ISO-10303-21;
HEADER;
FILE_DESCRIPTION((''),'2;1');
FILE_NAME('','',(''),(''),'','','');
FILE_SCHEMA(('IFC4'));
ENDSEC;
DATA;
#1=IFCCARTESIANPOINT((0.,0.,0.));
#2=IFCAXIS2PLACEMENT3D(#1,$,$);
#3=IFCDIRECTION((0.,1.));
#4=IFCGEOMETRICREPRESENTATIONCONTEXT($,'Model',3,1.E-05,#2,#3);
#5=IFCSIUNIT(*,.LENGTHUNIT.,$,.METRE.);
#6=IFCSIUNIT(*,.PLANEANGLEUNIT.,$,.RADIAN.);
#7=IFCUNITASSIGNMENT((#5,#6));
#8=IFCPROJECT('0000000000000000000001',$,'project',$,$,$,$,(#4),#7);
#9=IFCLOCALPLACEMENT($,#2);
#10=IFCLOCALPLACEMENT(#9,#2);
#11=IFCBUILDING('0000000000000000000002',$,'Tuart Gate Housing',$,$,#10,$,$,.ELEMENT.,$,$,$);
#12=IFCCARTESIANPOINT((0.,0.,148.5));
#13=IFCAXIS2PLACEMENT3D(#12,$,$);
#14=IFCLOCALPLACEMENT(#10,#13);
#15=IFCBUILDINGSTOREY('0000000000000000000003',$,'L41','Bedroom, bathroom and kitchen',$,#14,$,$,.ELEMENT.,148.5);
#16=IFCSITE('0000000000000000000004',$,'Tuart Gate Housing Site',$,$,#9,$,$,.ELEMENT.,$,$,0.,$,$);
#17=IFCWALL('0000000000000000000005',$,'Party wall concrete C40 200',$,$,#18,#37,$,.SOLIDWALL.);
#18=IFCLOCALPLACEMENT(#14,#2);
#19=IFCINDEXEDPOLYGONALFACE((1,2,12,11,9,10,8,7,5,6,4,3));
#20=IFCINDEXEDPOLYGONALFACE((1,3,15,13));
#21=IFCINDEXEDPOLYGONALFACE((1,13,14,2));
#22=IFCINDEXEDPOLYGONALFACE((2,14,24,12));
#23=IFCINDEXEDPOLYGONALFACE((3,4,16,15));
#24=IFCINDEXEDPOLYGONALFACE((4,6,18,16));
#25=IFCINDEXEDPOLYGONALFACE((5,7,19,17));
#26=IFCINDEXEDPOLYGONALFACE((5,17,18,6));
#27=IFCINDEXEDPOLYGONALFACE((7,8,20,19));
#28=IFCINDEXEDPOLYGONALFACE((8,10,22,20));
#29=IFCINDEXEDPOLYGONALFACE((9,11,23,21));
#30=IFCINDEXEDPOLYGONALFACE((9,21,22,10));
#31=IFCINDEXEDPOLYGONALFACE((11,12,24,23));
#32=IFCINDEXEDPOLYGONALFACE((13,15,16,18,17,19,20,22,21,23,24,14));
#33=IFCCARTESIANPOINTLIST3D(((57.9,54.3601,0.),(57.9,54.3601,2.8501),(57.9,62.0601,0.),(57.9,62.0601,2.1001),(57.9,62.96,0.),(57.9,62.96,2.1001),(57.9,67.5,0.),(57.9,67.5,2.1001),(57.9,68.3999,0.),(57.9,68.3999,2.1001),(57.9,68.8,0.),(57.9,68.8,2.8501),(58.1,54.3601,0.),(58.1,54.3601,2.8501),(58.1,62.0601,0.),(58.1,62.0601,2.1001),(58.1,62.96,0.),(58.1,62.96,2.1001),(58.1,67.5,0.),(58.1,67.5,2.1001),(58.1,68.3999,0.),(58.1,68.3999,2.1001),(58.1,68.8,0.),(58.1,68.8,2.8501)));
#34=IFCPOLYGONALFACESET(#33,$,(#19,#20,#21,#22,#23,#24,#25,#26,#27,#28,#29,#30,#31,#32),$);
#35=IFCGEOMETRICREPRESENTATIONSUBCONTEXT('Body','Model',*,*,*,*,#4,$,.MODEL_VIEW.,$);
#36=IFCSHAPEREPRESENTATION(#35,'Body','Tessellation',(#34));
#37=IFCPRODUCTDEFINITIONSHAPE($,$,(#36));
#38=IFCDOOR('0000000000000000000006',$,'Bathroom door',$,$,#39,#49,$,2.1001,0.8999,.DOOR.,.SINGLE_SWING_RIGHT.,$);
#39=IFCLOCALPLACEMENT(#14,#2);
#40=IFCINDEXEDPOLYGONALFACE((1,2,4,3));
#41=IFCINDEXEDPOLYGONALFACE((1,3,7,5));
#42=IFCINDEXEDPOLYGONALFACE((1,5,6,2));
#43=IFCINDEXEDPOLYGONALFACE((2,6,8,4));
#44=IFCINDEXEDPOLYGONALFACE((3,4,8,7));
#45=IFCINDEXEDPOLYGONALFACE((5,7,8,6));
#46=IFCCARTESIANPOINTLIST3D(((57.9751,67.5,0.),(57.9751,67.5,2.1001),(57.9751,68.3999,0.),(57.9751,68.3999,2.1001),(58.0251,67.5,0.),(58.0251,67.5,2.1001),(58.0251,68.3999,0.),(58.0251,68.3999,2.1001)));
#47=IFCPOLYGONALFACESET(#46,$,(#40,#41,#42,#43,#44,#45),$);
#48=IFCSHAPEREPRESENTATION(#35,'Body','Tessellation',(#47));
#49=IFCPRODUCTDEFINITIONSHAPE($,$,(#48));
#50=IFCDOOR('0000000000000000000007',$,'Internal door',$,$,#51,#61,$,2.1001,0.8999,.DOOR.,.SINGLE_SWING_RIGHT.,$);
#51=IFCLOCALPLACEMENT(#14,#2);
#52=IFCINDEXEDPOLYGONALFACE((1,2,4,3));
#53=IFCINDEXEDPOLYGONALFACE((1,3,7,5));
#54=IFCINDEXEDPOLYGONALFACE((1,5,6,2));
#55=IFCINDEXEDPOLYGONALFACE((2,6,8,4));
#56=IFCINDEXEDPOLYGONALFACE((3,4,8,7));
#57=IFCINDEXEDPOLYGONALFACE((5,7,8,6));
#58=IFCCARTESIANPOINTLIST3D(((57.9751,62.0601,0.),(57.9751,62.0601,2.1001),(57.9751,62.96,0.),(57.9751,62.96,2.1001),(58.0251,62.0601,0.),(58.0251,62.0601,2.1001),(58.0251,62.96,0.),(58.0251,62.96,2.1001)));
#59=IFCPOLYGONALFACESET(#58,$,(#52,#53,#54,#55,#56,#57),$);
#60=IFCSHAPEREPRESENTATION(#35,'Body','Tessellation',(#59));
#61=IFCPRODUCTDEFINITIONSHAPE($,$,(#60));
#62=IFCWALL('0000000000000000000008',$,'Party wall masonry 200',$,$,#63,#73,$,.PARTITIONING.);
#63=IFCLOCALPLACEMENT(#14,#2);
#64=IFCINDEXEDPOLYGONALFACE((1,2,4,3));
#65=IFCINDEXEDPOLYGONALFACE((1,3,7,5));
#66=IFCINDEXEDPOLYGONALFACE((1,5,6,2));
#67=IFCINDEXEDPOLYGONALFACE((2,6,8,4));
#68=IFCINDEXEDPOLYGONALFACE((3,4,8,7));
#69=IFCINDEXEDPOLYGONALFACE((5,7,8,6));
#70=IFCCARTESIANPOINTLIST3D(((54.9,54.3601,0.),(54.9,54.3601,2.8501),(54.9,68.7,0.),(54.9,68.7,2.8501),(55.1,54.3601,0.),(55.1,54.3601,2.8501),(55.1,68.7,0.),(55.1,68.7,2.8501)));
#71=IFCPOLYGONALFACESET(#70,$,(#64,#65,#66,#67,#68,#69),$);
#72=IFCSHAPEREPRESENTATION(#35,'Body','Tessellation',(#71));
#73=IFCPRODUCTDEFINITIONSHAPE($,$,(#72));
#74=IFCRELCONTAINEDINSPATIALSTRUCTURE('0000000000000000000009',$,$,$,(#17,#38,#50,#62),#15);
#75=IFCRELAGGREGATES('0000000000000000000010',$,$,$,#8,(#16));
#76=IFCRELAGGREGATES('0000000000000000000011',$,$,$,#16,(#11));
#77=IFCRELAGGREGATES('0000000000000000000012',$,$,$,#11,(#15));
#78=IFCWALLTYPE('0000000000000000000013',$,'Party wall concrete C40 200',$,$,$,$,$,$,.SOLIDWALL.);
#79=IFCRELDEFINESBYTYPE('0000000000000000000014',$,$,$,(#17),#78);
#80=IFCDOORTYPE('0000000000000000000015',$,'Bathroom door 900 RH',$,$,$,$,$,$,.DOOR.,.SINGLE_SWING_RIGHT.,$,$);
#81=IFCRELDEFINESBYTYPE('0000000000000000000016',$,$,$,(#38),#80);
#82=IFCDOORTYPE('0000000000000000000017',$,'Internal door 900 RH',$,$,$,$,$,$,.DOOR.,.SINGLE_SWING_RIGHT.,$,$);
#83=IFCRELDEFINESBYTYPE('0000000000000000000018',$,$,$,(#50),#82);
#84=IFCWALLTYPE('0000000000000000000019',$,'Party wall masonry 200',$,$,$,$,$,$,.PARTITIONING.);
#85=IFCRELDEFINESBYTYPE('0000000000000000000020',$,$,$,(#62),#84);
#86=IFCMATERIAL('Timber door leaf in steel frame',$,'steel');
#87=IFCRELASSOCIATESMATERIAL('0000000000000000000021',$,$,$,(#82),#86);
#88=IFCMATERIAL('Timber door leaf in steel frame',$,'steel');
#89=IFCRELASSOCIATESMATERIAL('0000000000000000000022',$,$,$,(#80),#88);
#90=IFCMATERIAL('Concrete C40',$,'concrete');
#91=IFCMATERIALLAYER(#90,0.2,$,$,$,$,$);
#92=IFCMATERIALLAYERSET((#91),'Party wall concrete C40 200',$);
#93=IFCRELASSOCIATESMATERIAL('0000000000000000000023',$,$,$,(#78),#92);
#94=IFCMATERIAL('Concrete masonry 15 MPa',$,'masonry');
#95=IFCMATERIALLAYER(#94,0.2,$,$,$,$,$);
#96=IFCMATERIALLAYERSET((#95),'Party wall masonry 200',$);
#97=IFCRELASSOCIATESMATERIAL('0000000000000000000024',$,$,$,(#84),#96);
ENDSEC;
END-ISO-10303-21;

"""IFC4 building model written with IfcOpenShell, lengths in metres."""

from ifc_helpers import new_model, si_unit, direction, frame, frame_2d, origin, place, context, subcontext, project, spatial, rectangle, extrude, material, layer, layer_set, type_object, element, fill, save


model = new_model("IFC4")

# Units and contexts
model_context = context("Model", 3, precision=1e-05, world=origin(), true_north=direction((0.0, 1.0)))
body_context = subcontext(model_context, "Body", "Model", "MODEL_VIEW")
ifc_project = project(units=[si_unit("LENGTHUNIT", "METRE"), si_unit("PLANEANGLEUNIT", "RADIAN")], contexts=[model_context])

# Site, building, storey
site_placement = place(None, origin())
site = spatial("IfcSite", under=ifc_project, at=site_placement, Name="Tuart Gate Housing Site", CompositionType="ELEMENT", RefElevation=0.0)
building_placement = place(site_placement, origin())
building = spatial("IfcBuilding", under=site, at=building_placement, Name="Tuart Gate Housing", CompositionType="ELEMENT")
storey_placement = place(building_placement, frame((0.0, 0.0, 148.5)))
storey = spatial("IfcBuildingStorey", under=building, at=storey_placement, Name="L41", Description="Bedroom, bathroom and kitchen", CompositionType="ELEMENT", Elevation=148.5)

# Shared definitions
ifc_material_1 = material(Name="Timber door leaf in steel frame", Category="steel")
door_type_1 = type_object("IfcDoorType", Name="Internal door 900 RH", OperationType="SINGLE_SWING_RIGHT", PredefinedType="DOOR", material=ifc_material_1)

# Shared definitions
ifc_material_2 = material(Name="Timber door leaf in steel frame", Category="steel")
door_type_2 = type_object("IfcDoorType", Name="Bathroom door 900 RH", OperationType="SINGLE_SWING_RIGHT", PredefinedType="DOOR", material=ifc_material_2)

# Shared definitions
ifc_material_3 = material(Name="Concrete C40", Category="concrete")
ifc_layer_1 = layer(ifc_material_3, 0.2)
ifc_layer_set_1 = layer_set([ifc_layer_1], Name="Party wall concrete C40 200")
wall_type_1 = type_object("IfcWallType", Name="Party wall concrete C40 200", PredefinedType="SOLIDWALL", material=ifc_layer_set_1)

# Wall, openings, doors
wall_1_placement = place(storey_placement, frame((58.0, 54.3601, 0.0), z_axis=(0.0, 0.0, 1.0), x_axis=(0.0, 1.0, 0.0)))
wall_1 = element("IfcWall", 1, at=wall_1_placement, inside=storey, type_object=wall_type_1, Name="Party wall concrete C40 200", PredefinedType="SOLIDWALL", context=body_context, shape_type="SweptSolid", body=[
    extrude(rectangle(XDim=14.4399, YDim=0.2, at=frame_2d((7.22, 0.0))), origin(), (0.0, 0.0, 1.0), 2.8501),
])
opening_1_placement = place(wall_1_placement, frame((7.7, 0.0, 0.0)))
opening_1 = element("IfcOpeningElement", 2, at=opening_1_placement, cuts=wall_1, PredefinedType="OPENING", context=body_context, shape_type="SweptSolid", body=[
    extrude(rectangle(XDim=0.8999, YDim=2.1001, at=frame_2d((0.45, 1.05))), frame((0.0, 0.1099, 0.0), z_axis=(0.0, -1.0, 0.0), x_axis=(1.0, 0.0, 0.0)), (0.0, 0.0, 1.0), 0.22),
])
opening_2_placement = place(wall_1_placement, frame((13.1399, 0.0, 0.0)))
opening_2 = element("IfcOpeningElement", 3, at=opening_2_placement, cuts=wall_1, PredefinedType="OPENING", context=body_context, shape_type="SweptSolid", body=[
    extrude(rectangle(XDim=0.8999, YDim=2.1001, at=frame_2d((0.45, 1.05))), frame((0.0, 0.1099, 0.0), z_axis=(0.0, -1.0, 0.0), x_axis=(1.0, 0.0, 0.0)), (0.0, 0.0, 1.0), 0.22),
])
door_1_placement = place(opening_2_placement, origin())
door_1 = element("IfcDoor", 4, at=door_1_placement, inside=storey, type_object=door_type_2, Name="Bathroom door", OperationType="SINGLE_SWING_RIGHT", OverallHeight=2.1001, OverallWidth=0.8999, PredefinedType="DOOR", context=body_context, shape_type="SweptSolid", body=[
    extrude(rectangle(XDim=0.8999, YDim=2.1001, at=frame_2d((0.45, 1.05))), frame((0.0, 0.0249, 0.0), z_axis=(0.0, -1.0, 0.0), x_axis=(1.0, 0.0, 0.0)), (0.0, 0.0, 1.0), 0.05),
])
fill(opening_2, door_1)
door_2_placement = place(opening_1_placement, origin())
door_2 = element("IfcDoor", 5, at=door_2_placement, inside=storey, type_object=door_type_1, Name="Internal door", OperationType="SINGLE_SWING_RIGHT", OverallHeight=2.1001, OverallWidth=0.8999, PredefinedType="DOOR", context=body_context, shape_type="SweptSolid", body=[
    extrude(rectangle(XDim=0.8999, YDim=2.1001, at=frame_2d((0.45, 1.05))), frame((0.0, 0.0249, 0.0), z_axis=(0.0, -1.0, 0.0), x_axis=(1.0, 0.0, 0.0)), (0.0, 0.0, 1.0), 0.05),
])
fill(opening_1, door_2)

# Wall
ifc_material_4 = material(Name="Concrete masonry 15 MPa", Category="masonry")
ifc_layer_2 = layer(ifc_material_4, 0.2)
ifc_layer_set_2 = layer_set([ifc_layer_2], Name="Party wall masonry 200")
wall_type_2 = type_object("IfcWallType", Name="Party wall masonry 200", PredefinedType="PARTITIONING", material=ifc_layer_set_2)
wall_2_placement = place(storey_placement, frame((55.0, 54.3601, 0.0), z_axis=(0.0, 0.0, 1.0), x_axis=(0.0, 1.0, 0.0)))
element("IfcWall", 6, at=wall_2_placement, inside=storey, type_object=wall_type_2, Name="Party wall masonry 200", PredefinedType="PARTITIONING", context=body_context, shape_type="SweptSolid", body=[
    extrude(rectangle(XDim=14.3398, YDim=0.2, at=frame_2d((7.1699, 0.0))), origin(), (0.0, 0.0, 1.0), 2.8501),
])

save(model, "model.ifc")
